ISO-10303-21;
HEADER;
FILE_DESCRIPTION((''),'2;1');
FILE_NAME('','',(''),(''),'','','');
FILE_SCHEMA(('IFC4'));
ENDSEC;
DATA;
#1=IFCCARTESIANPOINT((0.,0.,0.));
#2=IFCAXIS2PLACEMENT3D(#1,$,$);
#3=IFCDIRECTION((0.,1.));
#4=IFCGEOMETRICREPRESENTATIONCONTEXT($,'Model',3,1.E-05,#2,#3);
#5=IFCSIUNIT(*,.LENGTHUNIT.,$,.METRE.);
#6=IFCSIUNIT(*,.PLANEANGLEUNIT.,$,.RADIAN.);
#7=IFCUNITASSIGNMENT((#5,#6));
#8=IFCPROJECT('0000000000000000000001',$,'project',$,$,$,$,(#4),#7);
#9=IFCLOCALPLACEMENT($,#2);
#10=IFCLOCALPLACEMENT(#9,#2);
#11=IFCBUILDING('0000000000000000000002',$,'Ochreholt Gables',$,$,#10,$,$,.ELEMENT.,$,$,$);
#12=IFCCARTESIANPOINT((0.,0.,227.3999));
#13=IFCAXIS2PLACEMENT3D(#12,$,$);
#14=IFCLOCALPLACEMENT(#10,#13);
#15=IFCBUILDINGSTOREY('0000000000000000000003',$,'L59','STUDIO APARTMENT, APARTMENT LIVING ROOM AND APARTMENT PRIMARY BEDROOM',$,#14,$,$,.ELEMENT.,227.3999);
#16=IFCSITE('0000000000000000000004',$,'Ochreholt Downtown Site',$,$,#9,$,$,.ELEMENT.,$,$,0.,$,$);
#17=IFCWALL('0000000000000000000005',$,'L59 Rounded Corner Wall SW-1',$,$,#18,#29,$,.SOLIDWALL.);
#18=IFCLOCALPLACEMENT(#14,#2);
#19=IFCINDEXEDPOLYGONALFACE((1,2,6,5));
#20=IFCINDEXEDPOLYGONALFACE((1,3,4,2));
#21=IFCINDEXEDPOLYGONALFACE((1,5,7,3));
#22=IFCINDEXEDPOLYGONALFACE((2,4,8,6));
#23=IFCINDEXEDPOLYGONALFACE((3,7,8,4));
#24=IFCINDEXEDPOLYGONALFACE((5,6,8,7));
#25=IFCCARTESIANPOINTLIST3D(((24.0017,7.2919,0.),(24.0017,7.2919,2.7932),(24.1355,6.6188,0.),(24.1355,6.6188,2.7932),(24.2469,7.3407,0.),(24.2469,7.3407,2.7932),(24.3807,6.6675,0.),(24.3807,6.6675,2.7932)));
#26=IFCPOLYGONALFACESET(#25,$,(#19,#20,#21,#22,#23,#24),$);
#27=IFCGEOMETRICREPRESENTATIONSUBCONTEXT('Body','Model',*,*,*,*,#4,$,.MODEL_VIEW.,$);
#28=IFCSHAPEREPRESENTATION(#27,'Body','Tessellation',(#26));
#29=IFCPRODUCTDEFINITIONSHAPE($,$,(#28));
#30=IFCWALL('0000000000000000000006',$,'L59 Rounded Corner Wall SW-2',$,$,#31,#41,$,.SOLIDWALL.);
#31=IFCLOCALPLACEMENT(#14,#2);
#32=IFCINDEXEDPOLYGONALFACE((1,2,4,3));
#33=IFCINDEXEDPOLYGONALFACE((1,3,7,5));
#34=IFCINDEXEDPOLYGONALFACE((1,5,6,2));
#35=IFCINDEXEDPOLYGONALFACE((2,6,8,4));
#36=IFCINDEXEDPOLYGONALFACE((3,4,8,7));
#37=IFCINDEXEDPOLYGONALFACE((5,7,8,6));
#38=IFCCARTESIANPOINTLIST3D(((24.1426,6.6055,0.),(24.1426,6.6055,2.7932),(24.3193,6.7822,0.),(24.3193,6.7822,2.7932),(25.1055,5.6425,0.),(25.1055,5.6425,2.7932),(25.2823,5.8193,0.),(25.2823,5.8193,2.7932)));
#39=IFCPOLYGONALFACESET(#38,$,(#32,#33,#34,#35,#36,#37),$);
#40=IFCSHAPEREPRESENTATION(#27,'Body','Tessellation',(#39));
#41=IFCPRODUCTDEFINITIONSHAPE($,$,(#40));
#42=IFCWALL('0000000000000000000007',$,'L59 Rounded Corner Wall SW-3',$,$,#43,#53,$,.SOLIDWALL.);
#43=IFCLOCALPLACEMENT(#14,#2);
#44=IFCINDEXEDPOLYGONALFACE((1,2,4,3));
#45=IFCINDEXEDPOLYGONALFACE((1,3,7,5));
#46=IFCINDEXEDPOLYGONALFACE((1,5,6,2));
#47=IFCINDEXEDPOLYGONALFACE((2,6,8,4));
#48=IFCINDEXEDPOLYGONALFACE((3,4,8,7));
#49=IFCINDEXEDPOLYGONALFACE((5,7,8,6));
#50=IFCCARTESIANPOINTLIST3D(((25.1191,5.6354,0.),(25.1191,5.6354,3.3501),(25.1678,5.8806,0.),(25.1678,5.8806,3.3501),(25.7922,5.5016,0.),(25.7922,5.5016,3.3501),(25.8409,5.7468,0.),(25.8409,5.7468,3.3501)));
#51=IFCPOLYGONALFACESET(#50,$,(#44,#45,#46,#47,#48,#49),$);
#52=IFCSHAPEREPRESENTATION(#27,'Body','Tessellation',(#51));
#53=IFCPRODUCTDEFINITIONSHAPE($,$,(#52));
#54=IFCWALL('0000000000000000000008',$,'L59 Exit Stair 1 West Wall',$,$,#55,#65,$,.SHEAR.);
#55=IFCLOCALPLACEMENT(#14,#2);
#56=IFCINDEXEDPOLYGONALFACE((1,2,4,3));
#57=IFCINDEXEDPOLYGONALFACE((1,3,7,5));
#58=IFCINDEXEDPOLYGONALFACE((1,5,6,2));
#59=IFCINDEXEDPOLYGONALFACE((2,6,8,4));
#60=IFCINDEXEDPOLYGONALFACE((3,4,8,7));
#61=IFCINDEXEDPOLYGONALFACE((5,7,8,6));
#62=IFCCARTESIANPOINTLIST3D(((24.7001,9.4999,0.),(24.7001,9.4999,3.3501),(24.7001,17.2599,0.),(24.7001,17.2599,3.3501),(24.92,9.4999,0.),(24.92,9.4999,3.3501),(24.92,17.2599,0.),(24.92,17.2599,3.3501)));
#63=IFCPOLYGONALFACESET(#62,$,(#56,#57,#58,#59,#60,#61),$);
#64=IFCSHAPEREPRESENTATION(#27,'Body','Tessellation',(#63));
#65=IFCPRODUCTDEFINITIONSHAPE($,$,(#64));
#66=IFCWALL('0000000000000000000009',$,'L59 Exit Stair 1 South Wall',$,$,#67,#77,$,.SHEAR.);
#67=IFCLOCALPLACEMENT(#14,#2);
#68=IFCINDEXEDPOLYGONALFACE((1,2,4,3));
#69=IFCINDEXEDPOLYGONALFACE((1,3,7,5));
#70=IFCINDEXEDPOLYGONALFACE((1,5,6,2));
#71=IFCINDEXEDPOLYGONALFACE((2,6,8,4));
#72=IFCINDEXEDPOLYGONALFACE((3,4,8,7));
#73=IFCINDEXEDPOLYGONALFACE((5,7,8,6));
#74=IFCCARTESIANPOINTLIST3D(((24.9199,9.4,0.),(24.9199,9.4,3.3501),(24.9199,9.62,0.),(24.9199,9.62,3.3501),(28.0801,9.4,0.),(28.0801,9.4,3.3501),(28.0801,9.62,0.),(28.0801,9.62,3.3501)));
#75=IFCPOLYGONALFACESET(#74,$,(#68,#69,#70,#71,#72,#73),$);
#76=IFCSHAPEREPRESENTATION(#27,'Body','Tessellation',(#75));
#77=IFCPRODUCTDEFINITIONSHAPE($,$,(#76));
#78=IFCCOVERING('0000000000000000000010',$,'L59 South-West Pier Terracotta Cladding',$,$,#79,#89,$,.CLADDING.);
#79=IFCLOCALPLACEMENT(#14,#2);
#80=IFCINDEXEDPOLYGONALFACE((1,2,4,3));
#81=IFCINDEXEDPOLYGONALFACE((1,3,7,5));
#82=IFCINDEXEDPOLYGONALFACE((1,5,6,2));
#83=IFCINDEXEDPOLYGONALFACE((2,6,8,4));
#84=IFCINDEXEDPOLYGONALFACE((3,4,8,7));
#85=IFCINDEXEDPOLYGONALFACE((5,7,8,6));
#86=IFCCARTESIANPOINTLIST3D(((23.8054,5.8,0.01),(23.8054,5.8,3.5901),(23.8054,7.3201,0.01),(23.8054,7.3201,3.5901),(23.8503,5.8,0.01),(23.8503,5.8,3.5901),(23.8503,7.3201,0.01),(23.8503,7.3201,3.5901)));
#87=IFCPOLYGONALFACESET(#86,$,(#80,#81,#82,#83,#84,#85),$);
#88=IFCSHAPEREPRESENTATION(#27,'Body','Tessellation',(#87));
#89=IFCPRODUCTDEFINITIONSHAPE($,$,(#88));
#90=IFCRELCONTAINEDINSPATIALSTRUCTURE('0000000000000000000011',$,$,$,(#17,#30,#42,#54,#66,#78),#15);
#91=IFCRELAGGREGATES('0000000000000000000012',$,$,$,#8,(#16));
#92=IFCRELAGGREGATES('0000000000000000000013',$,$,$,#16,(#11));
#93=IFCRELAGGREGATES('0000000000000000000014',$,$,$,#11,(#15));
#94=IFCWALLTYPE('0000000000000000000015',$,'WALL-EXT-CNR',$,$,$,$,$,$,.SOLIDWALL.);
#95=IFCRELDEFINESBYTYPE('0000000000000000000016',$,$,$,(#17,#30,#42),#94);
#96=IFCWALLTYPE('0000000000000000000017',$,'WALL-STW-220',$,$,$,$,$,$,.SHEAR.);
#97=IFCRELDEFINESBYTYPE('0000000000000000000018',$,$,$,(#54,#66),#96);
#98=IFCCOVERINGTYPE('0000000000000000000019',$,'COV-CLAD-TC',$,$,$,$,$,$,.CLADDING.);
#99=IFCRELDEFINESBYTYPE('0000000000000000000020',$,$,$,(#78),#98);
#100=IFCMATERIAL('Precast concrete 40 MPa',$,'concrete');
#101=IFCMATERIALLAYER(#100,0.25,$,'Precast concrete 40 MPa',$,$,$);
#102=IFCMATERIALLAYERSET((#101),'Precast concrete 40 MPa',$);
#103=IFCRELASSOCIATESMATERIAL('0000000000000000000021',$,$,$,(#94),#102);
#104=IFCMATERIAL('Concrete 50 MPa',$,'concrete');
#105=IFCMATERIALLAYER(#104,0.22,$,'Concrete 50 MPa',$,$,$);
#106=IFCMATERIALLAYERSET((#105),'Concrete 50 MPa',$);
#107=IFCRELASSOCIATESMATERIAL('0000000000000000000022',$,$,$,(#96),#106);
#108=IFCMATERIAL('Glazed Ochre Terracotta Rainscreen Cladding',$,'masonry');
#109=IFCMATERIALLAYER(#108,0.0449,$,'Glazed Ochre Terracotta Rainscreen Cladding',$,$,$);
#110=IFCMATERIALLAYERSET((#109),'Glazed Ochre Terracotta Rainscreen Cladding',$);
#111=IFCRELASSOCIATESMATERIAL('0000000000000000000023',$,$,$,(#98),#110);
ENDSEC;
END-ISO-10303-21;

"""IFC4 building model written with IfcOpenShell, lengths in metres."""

from ifc_helpers import new_model, si_unit, direction, frame, frame_2d, origin, origin_2d, place, context, subcontext, project, spatial, rectangle, extrude, material, layer, layer_set, type_object, element, save


model = new_model("IFC4")

# Units and contexts
model_context = context("Model", 3, precision=1e-05, world=origin(), true_north=direction((0.0, 1.0)))
body_context = subcontext(model_context, "Body", "Model", "MODEL_VIEW")
ifc_project = project(units=[si_unit("LENGTHUNIT", "METRE"), si_unit("PLANEANGLEUNIT", "RADIAN")], contexts=[model_context])

# Site, building, storey
site_placement = place(None, origin())
site = spatial("IfcSite", under=ifc_project, at=site_placement, Name="Ochreholt Downtown Site", CompositionType="ELEMENT", RefElevation=0.0)
building_placement = place(site_placement, origin())
building = spatial("IfcBuilding", under=site, at=building_placement, Name="Ochreholt Gables", CompositionType="ELEMENT")
storey_placement = place(building_placement, frame((0.0, 0.0, 227.3999)))
storey = spatial("IfcBuildingStorey", under=building, at=storey_placement, Name="L59", Description="STUDIO APARTMENT, APARTMENT LIVING ROOM AND APARTMENT PRIMARY BEDROOM", CompositionType="ELEMENT", Elevation=227.3999)

# Shared definitions
ifc_material_1 = material(Name="Concrete 50 MPa", Category="concrete")

# Shared definitions
ifc_material_2 = material(Name="Precast concrete 40 MPa", Category="concrete")

# Walls
ifc_layer_1 = layer(ifc_material_2, 0.25, Name="Precast concrete 40 MPa")
ifc_layer_set_1 = layer_set([ifc_layer_1], Name="Precast concrete 40 MPa")
wall_type_1 = type_object("IfcWallType", Name="WALL-EXT-CNR", PredefinedType="SOLIDWALL", material=ifc_layer_set_1)
wall_1_placement = place(storey_placement, frame((24.1243, 7.3164, 0.0), z_axis=(0.0, 0.0, 1.0), x_axis=(0.194953, -0.980813, 0.0)))
element("IfcWall", 1, at=wall_1_placement, inside=storey, type_object=wall_type_1, Name="L59 Rounded Corner Wall SW-1", PredefinedType="SOLIDWALL", context=body_context, shape_type="SweptSolid", body=[
    extrude(rectangle(XDim=0.6863, YDim=0.25, at=frame_2d((0.3433, 0.0))), origin(), (0.0, 0.0, 1.0), 2.7932),
])
wall_2_placement = place(storey_placement, frame((24.231, 6.6938, 0.0), z_axis=(0.0, 0.0, 1.0), x_axis=(0.707107, -0.707107, 0.0)))
element("IfcWall", 2, at=wall_2_placement, inside=storey, type_object=wall_type_1, Name="L59 Rounded Corner Wall SW-2", PredefinedType="SOLIDWALL", context=body_context, shape_type="SweptSolid", body=[
    extrude(rectangle(XDim=1.3618, YDim=0.25, at=frame_2d((0.6809, 0.0))), origin(), (0.0, 0.0, 1.0), 2.7932),
])
wall_3_placement = place(storey_placement, frame((25.1433, 5.7581, 0.0), z_axis=(0.0, 0.0, 1.0), x_axis=(0.980813, -0.194953, 0.0)))
element("IfcWall", 3, at=wall_3_placement, inside=storey, type_object=wall_type_1, Name="L59 Rounded Corner Wall SW-3", PredefinedType="SOLIDWALL", context=body_context, shape_type="SweptSolid", body=[
    extrude(rectangle(XDim=0.6863, YDim=0.25, at=frame_2d((0.3433, 0.0))), origin(), (0.0, 0.0, 1.0), 3.3501),
])
ifc_layer_2 = layer(ifc_material_1, 0.22, Name="Concrete 50 MPa")
ifc_layer_set_2 = layer_set([ifc_layer_2], Name="Concrete 50 MPa")
wall_type_2 = type_object("IfcWallType", Name="WALL-STW-220", PredefinedType="SHEAR", material=ifc_layer_set_2)
wall_4_placement = place(storey_placement, frame((24.8101, 9.5, 0.0), z_axis=(0.0, 0.0, 1.0), x_axis=(0.0, 1.0, 0.0)))
element("IfcWall", 4, at=wall_4_placement, inside=storey, type_object=wall_type_2, Name="L59 Exit Stair 1 West Wall", PredefinedType="SHEAR", context=body_context, shape_type="SweptSolid", body=[
    extrude(rectangle(XDim=7.76, YDim=0.22, at=frame_2d((3.8799, 0.0))), origin(), (0.0, 0.0, 1.0), 3.3501),
])
wall_5_placement = place(storey_placement, frame((24.9199, 9.51, 0.0), z_axis=(0.0, 0.0, 1.0), x_axis=(1.0, 0.0, 0.0)))
element("IfcWall", 5, at=wall_5_placement, inside=storey, type_object=wall_type_2, Name="L59 Exit Stair 1 South Wall", PredefinedType="SHEAR", context=body_context, shape_type="SweptSolid", body=[
    extrude(rectangle(XDim=3.1602, YDim=0.22, at=frame_2d((1.5801, 0.0))), origin(), (0.0, 0.0, 1.0), 3.3501),
])

# Covering
ifc_material_3 = material(Name="Glazed Ochre Terracotta Rainscreen Cladding", Category="masonry")
ifc_layer_3 = layer(ifc_material_3, 0.0449, Name="Glazed Ochre Terracotta Rainscreen Cladding")
ifc_layer_set_3 = layer_set([ifc_layer_3], Name="Glazed Ochre Terracotta Rainscreen Cladding")
covering_type = type_object("IfcCoveringType", Name="COV-CLAD-TC", PredefinedType="CLADDING", material=ifc_layer_set_3)
covering_placement = place(storey_placement, frame((23.8279, 6.5601, 0.01), z_axis=(0.0, 0.0, 1.0), x_axis=(0.0, 1.0, 0.0)))
element("IfcCovering", 6, at=covering_placement, inside=storey, type_object=covering_type, Name="L59 South-West Pier Terracotta Cladding", PredefinedType="CLADDING", context=body_context, shape_type="SweptSolid", body=[
    extrude(rectangle(XDim=1.52, YDim=0.0449, at=origin_2d()), origin(), (0.0, 0.0, 1.0), 3.5801),
])

save(model, "model.ifc")
